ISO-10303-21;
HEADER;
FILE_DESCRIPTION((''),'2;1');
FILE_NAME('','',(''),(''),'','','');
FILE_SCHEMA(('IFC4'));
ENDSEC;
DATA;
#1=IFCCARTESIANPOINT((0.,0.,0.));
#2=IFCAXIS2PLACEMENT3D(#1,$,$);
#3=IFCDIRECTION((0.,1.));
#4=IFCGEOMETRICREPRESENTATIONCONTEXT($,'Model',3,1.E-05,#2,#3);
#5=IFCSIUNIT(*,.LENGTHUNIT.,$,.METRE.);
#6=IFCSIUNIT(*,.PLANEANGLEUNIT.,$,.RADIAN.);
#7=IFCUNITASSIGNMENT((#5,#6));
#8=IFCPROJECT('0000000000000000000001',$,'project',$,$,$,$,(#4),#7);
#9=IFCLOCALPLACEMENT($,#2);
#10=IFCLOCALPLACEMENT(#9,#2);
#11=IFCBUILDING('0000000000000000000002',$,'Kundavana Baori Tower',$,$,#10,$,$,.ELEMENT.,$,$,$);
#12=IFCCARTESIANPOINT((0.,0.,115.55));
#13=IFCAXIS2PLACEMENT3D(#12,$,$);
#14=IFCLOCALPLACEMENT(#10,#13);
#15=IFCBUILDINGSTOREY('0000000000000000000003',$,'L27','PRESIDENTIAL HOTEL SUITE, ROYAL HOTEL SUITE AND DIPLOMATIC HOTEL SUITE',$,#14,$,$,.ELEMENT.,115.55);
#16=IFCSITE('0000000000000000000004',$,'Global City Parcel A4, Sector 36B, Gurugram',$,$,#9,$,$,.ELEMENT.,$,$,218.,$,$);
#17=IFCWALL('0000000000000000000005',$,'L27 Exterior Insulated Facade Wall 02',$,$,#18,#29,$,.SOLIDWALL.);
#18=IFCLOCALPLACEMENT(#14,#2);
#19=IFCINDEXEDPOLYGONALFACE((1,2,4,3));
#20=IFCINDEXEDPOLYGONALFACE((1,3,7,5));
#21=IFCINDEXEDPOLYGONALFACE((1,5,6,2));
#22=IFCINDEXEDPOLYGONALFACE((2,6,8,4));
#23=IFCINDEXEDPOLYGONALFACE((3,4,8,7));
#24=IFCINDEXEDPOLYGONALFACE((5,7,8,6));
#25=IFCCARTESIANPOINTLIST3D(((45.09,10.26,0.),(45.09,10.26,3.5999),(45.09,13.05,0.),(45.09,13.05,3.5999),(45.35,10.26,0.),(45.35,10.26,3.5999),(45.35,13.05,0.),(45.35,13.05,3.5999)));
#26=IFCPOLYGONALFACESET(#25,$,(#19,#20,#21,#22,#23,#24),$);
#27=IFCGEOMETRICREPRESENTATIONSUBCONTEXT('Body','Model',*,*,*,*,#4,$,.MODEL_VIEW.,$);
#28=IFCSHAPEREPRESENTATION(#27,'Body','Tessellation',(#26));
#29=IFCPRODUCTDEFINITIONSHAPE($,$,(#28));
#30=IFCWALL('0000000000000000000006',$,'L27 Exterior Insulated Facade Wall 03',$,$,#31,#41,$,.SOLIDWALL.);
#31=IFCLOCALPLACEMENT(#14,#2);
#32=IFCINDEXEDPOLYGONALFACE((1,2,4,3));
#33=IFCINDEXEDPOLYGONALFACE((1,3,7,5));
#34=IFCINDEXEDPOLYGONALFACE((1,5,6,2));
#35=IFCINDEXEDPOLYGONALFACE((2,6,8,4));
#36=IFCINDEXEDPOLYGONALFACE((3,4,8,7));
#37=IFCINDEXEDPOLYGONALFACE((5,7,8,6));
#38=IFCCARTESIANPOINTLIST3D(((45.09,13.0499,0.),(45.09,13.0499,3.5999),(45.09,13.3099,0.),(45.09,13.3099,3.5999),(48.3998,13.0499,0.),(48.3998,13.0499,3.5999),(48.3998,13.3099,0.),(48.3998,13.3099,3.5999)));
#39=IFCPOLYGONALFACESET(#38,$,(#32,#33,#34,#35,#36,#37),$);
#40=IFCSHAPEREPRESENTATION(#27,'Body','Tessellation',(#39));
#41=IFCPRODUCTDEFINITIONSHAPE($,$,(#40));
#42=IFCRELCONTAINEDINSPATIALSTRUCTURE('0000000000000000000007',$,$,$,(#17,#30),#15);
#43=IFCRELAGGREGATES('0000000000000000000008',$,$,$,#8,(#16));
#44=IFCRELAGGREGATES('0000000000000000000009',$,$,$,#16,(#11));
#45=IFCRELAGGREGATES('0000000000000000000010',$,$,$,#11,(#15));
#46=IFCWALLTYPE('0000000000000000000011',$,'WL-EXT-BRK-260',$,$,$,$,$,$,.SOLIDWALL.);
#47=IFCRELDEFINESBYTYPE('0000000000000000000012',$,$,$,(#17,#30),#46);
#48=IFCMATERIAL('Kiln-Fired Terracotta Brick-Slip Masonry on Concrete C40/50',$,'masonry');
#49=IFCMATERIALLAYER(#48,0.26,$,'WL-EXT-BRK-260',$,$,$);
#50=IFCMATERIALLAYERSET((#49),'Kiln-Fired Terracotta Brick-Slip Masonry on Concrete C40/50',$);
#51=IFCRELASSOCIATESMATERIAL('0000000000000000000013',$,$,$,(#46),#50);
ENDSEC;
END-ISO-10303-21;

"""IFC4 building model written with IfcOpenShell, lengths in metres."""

from ifc_helpers import new_model, si_unit, direction, frame, frame_2d, origin, place, context, subcontext, project, spatial, rectangle, extrude, material, layer, layer_set, type_object, element, save


model = new_model("IFC4")

# Units and contexts
model_context = context("Model", 3, precision=1e-05, world=origin(), true_north=direction((0.0, 1.0)))
body_context = subcontext(model_context, "Body", "Model", "MODEL_VIEW")
ifc_project = project(units=[si_unit("LENGTHUNIT", "METRE"), si_unit("PLANEANGLEUNIT", "RADIAN")], contexts=[model_context])

# Site, building, storey
site_placement = place(None, origin())
site = spatial("IfcSite", under=ifc_project, at=site_placement, Name="Global City Parcel A4, Sector 36B, Gurugram", CompositionType="ELEMENT", RefElevation=218.0)
building_placement = place(site_placement, origin())
building = spatial("IfcBuilding", under=site, at=building_placement, Name="Kundavana Baori Tower", CompositionType="ELEMENT")
storey_placement = place(building_placement, frame((0.0, 0.0, 115.55)))
storey = spatial("IfcBuildingStorey", under=building, at=storey_placement, Name="L27", Description="PRESIDENTIAL HOTEL SUITE, ROYAL HOTEL SUITE AND DIPLOMATIC HOTEL SUITE", CompositionType="ELEMENT", Elevation=115.55)

# Walls
ifc_material_1 = material(Name="Kiln-Fired Terracotta Brick-Slip Masonry on Concrete C40/50", Category="masonry")
ifc_layer_1 = layer(ifc_material_1, 0.26, Name="WL-EXT-BRK-260")
ifc_layer_set_1 = layer_set([ifc_layer_1], Name="Kiln-Fired Terracotta Brick-Slip Masonry on Concrete C40/50")
wall_type_1 = type_object("IfcWallType", Name="WL-EXT-BRK-260", PredefinedType="SOLIDWALL", material=ifc_layer_set_1)
wall_1_placement = place(storey_placement, frame((45.22, 10.26, 0.0), z_axis=(0.0, 0.0, 1.0), x_axis=(0.0, 1.0, 0.0)))
element("IfcWall", 1, at=wall_1_placement, inside=storey, type_object=wall_type_1, Name="L27 Exterior Insulated Facade Wall 02", PredefinedType="SOLIDWALL", context=body_context, shape_type="SweptSolid", body=[
    extrude(rectangle(XDim=2.79, YDim=0.26, at=frame_2d((1.395, 0.0))), origin(), (0.0, 0.0, 1.0), 3.5999),
])
wall_2_placement = place(storey_placement, frame((45.0901, 13.1799, 0.0), z_axis=(0.0, 0.0, 1.0), x_axis=(1.0, 0.0, 0.0)))
element("IfcWall", 2, at=wall_2_placement, inside=storey, type_object=wall_type_1, Name="L27 Exterior Insulated Facade Wall 03", PredefinedType="SOLIDWALL", context=body_context, shape_type="SweptSolid", body=[
    extrude(rectangle(XDim=3.3098, YDim=0.26, at=frame_2d((1.6548, 0.0))), origin(), (0.0, 0.0, 1.0), 3.5999),
])

save(model, "model.ifc")
